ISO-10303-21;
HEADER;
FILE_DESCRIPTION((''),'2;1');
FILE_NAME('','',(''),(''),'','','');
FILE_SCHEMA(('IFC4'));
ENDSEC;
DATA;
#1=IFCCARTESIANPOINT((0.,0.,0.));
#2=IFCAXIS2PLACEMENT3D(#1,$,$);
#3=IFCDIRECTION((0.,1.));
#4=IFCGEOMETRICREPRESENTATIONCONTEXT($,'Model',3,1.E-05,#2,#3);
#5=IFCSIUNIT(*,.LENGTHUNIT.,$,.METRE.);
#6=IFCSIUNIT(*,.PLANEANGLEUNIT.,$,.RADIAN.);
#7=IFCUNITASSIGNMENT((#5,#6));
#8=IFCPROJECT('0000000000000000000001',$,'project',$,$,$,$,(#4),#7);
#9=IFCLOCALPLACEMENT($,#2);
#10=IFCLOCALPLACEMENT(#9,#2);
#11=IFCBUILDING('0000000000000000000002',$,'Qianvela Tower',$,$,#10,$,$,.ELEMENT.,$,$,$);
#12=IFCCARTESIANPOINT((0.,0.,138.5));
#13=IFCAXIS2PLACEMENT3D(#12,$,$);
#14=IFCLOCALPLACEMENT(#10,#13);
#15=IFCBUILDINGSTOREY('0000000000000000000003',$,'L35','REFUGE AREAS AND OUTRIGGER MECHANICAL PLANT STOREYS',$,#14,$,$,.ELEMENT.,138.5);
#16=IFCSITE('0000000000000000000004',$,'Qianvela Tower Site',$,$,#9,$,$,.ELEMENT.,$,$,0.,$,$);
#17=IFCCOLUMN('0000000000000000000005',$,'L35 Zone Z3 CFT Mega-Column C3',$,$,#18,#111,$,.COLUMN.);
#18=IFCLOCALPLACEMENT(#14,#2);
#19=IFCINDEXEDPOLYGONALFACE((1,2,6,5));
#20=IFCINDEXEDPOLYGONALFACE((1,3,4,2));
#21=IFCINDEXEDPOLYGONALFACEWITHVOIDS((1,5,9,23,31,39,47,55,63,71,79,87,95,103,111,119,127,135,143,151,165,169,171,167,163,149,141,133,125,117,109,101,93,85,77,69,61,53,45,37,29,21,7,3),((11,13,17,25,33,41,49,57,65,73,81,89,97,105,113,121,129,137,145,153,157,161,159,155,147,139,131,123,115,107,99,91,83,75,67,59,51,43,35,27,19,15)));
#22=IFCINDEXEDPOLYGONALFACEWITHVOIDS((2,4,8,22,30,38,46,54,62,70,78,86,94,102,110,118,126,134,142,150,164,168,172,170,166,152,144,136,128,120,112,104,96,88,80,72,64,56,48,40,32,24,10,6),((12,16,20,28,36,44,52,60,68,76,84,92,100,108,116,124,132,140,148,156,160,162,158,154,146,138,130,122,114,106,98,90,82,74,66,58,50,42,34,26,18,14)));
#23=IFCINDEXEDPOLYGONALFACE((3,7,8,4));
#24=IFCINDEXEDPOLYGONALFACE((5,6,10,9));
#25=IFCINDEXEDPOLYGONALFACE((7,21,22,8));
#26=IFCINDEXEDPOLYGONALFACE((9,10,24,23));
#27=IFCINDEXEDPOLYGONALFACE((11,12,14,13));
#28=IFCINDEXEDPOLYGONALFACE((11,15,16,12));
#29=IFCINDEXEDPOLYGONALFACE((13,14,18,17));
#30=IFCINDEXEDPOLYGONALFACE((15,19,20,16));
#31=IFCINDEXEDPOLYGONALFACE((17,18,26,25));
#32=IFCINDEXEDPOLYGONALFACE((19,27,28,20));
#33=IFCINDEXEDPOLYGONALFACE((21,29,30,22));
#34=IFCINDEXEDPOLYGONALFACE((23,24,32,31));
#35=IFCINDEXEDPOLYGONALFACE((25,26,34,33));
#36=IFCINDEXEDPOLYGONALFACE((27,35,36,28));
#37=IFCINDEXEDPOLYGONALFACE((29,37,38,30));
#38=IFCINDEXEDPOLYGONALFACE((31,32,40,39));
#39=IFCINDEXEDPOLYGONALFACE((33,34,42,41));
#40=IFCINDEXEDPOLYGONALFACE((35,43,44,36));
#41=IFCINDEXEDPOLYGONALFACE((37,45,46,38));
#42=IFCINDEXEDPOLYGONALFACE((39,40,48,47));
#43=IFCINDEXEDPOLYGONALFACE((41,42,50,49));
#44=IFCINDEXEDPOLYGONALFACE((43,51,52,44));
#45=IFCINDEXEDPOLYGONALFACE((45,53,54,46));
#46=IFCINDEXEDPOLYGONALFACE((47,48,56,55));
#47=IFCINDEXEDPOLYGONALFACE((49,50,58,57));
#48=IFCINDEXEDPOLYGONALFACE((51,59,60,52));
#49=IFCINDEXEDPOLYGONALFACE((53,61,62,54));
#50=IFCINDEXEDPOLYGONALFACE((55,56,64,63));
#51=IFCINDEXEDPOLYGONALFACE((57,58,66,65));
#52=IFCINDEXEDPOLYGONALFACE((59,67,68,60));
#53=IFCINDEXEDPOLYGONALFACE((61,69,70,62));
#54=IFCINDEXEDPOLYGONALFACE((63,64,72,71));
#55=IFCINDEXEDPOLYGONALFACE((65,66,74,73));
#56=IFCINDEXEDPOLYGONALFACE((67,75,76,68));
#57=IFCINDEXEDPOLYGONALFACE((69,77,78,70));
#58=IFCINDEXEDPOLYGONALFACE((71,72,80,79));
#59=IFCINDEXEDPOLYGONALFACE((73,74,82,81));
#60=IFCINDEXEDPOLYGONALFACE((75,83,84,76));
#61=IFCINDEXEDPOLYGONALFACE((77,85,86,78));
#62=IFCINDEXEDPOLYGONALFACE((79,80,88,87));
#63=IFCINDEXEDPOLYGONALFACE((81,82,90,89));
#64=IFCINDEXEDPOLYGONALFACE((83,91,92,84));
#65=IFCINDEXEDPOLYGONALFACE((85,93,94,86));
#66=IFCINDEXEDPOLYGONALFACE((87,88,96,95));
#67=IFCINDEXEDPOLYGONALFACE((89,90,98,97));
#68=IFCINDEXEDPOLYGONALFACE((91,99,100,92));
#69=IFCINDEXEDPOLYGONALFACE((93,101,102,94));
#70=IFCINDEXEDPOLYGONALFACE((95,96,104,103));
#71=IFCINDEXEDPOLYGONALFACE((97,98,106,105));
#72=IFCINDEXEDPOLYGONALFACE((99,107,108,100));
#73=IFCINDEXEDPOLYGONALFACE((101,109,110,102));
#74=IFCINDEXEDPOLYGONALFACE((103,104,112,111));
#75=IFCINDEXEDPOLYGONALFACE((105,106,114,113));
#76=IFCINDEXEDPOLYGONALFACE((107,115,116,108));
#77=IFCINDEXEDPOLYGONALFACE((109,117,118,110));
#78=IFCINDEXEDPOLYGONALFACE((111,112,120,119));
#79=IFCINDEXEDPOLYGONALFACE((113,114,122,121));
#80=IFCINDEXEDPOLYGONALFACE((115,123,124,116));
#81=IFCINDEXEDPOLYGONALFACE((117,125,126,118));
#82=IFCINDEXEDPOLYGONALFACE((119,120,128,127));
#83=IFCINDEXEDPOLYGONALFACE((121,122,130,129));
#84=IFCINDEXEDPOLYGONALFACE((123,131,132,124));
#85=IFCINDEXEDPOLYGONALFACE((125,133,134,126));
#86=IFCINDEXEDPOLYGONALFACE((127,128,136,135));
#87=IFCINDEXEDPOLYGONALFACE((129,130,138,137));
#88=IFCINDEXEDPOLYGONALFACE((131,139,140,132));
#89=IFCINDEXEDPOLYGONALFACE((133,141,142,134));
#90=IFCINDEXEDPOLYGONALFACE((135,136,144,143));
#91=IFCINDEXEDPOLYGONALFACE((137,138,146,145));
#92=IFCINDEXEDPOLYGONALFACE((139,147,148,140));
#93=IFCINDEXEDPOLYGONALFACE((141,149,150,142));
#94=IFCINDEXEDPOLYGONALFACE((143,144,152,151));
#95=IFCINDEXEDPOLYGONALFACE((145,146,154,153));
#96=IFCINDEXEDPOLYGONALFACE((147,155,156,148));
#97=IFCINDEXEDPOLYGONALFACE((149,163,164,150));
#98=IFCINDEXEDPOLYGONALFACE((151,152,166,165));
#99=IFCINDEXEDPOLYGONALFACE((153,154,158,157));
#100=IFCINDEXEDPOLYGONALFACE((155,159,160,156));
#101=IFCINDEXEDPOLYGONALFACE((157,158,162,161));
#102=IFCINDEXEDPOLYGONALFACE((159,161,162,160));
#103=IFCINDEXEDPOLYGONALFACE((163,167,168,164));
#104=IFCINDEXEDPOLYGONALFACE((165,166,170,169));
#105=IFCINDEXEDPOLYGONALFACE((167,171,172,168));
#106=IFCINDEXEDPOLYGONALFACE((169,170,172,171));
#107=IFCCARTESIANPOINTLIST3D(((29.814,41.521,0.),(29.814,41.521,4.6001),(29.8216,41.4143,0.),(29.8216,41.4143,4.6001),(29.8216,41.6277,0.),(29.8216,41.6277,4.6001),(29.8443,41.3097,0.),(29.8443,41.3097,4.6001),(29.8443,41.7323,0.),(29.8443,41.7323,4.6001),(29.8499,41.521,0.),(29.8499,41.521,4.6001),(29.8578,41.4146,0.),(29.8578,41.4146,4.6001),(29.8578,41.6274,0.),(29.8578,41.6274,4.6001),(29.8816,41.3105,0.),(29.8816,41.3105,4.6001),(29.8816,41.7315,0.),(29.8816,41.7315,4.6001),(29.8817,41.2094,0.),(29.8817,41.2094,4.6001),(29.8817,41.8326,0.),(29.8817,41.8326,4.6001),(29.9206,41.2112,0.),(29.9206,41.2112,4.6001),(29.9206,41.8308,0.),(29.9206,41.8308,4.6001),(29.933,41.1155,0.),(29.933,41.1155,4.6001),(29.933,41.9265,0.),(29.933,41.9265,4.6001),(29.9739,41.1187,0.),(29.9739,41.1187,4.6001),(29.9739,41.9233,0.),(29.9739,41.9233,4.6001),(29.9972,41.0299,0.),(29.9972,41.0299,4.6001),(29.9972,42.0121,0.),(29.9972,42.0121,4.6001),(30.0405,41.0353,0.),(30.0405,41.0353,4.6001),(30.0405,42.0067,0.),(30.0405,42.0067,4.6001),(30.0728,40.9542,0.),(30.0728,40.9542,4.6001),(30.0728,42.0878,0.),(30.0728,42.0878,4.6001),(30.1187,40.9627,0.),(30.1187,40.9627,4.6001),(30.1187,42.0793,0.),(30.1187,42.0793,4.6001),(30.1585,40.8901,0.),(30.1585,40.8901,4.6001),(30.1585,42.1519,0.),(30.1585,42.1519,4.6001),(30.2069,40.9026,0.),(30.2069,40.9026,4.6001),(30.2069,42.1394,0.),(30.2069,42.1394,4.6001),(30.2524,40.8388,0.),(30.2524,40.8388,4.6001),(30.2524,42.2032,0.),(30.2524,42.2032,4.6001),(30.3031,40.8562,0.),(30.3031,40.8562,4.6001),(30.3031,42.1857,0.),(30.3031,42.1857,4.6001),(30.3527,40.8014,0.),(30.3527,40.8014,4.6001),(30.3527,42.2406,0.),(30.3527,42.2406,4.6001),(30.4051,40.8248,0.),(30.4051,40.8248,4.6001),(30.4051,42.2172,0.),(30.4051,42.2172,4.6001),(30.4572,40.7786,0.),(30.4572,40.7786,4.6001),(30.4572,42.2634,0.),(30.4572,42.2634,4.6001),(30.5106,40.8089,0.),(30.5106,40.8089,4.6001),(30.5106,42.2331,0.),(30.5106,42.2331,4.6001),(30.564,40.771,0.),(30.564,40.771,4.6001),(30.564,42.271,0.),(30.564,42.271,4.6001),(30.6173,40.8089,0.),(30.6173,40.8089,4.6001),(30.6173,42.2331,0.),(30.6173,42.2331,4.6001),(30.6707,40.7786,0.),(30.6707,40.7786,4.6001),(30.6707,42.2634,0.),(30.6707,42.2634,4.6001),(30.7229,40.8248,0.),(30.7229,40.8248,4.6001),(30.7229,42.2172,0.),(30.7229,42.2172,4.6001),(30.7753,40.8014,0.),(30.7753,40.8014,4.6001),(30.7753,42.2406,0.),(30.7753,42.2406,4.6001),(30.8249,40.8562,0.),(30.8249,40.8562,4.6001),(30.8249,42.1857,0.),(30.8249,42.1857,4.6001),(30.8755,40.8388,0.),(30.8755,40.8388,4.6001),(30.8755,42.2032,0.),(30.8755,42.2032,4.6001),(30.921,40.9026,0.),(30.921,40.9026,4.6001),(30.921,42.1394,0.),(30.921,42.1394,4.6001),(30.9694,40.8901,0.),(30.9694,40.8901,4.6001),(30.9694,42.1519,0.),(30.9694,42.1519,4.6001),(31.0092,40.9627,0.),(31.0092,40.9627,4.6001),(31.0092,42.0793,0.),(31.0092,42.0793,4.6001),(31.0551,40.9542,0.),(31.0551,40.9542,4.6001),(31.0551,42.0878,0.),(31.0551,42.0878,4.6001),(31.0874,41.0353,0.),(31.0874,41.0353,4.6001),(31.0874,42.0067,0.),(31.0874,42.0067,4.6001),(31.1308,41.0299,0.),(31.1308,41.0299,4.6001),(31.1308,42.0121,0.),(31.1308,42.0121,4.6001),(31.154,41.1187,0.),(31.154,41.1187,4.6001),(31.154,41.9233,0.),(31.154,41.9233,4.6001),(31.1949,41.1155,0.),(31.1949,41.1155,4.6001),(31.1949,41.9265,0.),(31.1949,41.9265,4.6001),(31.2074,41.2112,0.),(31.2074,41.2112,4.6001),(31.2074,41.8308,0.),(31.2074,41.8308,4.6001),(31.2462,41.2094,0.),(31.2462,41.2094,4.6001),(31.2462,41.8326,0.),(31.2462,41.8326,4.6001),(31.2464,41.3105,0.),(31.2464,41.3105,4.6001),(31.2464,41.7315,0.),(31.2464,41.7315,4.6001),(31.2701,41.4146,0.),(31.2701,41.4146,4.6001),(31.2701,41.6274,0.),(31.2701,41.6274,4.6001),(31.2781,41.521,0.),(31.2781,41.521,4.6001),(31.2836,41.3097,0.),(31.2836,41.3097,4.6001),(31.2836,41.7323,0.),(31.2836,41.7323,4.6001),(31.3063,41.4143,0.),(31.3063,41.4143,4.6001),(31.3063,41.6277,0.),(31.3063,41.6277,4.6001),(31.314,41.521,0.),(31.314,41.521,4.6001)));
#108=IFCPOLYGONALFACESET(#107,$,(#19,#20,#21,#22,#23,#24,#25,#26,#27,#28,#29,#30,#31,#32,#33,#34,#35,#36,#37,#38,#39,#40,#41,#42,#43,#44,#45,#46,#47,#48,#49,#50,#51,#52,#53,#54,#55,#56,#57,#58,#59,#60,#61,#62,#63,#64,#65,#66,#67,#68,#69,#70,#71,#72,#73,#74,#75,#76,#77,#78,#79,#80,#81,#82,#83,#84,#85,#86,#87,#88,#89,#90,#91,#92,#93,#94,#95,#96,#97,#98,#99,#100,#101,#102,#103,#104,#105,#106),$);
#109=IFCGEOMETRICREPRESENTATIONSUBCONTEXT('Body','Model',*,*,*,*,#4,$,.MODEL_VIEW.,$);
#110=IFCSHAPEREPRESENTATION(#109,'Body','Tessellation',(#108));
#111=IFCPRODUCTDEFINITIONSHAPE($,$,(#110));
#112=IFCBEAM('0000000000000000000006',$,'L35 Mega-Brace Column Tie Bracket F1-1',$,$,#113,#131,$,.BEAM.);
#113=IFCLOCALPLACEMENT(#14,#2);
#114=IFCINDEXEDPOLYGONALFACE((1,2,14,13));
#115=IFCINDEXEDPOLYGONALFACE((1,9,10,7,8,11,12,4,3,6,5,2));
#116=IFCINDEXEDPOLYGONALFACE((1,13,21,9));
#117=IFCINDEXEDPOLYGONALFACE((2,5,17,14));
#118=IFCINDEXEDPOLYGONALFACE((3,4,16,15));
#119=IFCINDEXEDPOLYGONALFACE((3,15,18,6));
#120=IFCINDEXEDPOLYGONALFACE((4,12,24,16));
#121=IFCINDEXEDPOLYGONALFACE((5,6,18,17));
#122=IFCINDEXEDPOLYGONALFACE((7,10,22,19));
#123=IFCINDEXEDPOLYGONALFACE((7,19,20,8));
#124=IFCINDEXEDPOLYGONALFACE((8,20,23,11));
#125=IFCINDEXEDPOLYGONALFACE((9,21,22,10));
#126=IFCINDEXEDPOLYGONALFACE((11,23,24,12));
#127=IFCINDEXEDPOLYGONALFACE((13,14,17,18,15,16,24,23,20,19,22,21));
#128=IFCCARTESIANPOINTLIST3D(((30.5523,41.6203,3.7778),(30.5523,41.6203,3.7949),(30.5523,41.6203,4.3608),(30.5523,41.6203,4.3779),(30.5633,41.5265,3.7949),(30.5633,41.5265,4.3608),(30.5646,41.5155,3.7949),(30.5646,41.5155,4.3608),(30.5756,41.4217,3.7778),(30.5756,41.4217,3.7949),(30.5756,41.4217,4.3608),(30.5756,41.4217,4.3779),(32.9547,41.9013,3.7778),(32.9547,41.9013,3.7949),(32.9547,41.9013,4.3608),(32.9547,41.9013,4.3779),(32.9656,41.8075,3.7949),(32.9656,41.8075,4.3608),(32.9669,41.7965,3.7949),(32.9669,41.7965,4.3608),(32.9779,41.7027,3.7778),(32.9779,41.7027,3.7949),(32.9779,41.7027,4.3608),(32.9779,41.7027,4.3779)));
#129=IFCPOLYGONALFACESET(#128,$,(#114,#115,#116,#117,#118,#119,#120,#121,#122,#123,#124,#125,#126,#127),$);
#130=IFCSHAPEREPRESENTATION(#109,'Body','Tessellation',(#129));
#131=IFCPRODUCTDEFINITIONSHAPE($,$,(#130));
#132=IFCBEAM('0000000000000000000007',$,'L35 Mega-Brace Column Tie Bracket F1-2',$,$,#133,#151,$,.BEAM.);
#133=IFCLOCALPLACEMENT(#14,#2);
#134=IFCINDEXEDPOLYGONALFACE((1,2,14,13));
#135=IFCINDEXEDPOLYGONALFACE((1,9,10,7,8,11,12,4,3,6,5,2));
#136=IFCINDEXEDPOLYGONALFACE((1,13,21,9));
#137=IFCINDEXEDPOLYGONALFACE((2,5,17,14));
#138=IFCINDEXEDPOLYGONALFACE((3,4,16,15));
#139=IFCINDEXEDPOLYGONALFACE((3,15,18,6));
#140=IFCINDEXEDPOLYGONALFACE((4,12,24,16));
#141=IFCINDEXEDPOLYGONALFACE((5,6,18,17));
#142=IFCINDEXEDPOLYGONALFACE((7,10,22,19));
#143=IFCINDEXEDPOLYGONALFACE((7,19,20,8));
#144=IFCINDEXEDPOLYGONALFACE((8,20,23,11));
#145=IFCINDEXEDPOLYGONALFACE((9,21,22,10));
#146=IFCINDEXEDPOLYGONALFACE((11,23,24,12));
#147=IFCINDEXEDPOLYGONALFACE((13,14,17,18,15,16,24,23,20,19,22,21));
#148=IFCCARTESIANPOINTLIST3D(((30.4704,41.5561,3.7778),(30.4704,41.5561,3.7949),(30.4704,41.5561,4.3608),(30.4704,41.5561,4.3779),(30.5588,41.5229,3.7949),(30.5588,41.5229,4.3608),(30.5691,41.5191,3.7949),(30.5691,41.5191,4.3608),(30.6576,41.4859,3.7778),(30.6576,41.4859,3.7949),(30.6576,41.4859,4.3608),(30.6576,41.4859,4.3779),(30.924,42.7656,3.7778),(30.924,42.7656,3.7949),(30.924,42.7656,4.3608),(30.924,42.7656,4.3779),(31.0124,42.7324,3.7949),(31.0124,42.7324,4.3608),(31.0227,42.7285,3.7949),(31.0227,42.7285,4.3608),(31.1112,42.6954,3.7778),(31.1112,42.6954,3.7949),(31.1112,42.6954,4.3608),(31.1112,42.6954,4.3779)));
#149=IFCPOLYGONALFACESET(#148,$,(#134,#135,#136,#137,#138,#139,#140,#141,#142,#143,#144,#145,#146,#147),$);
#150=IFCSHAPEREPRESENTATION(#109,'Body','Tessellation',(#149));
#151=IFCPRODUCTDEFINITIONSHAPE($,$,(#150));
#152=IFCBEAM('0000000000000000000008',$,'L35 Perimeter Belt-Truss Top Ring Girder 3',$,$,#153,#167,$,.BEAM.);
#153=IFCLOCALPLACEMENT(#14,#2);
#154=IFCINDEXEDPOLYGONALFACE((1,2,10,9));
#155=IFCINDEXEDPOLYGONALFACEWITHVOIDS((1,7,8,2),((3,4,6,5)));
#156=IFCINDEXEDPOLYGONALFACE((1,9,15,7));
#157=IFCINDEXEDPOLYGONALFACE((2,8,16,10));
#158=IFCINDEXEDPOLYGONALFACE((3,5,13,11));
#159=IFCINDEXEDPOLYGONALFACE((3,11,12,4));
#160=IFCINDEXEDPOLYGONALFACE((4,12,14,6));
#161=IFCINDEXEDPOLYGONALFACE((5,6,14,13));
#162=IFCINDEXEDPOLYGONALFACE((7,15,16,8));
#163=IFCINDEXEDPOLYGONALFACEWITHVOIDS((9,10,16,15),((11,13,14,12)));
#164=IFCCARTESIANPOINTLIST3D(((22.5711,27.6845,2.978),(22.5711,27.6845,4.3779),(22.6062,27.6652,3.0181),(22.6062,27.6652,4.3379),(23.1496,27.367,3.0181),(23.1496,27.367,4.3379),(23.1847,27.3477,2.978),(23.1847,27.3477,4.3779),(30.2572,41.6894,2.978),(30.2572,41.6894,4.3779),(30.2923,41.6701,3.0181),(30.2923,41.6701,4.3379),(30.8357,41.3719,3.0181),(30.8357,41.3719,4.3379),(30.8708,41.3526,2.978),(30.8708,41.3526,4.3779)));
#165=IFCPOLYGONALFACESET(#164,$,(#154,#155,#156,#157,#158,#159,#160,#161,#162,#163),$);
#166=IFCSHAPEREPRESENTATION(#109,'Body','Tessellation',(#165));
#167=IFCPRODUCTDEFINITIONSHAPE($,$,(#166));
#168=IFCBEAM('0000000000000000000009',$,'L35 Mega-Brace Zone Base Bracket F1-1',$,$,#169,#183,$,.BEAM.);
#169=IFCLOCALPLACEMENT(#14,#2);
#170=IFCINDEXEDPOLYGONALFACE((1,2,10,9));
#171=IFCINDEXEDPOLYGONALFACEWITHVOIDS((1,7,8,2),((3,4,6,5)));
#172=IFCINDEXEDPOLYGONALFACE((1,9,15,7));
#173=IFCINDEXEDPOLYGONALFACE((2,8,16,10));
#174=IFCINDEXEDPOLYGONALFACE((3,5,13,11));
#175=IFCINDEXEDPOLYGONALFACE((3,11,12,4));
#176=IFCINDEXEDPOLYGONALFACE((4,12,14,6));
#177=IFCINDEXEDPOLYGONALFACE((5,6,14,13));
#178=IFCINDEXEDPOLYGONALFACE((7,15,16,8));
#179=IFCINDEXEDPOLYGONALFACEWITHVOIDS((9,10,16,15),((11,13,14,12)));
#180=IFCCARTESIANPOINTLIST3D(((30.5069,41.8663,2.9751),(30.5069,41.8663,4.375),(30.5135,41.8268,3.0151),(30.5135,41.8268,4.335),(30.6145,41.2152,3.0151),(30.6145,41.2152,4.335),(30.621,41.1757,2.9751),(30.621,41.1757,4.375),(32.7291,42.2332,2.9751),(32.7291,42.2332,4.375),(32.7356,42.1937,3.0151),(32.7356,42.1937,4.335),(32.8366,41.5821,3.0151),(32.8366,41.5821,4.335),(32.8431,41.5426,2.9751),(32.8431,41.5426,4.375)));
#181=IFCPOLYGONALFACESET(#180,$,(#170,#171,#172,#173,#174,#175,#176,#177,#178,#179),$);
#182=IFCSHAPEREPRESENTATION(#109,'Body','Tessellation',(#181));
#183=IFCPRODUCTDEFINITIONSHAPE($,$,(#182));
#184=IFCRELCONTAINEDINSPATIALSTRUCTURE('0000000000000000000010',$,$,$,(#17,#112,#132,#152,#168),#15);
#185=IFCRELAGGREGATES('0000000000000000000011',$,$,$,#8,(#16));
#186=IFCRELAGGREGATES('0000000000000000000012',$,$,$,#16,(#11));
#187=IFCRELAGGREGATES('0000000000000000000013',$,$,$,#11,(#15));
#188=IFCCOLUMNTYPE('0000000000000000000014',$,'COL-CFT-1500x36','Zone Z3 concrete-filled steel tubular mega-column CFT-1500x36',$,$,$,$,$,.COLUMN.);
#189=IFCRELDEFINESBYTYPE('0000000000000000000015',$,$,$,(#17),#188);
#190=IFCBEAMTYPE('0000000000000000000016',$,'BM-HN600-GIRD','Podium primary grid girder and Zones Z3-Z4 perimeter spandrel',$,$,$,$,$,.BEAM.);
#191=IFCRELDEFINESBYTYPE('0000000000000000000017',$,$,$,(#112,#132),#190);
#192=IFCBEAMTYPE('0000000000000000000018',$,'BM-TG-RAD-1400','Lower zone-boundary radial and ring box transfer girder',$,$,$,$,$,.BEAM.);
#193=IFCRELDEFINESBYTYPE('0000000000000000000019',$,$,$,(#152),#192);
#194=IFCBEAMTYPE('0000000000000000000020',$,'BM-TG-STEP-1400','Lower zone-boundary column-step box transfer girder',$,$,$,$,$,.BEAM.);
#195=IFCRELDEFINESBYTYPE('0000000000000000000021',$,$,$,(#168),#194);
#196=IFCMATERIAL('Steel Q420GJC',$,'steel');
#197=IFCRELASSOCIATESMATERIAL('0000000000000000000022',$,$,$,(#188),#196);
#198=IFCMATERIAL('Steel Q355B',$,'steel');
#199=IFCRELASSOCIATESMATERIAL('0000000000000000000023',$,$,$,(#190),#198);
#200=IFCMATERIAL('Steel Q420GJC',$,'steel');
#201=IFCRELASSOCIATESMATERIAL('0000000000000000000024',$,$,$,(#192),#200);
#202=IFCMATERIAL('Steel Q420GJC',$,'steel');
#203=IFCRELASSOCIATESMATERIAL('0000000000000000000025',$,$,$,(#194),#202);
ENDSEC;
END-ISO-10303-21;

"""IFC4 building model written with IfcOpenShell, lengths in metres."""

from ifc_helpers import new_model, si_unit, direction, frame, origin, origin_2d, place, context, subcontext, project, spatial, hollow_rectangle, hollow_circle, i_section, extrude, material, material_profile, profile_set, type_object, element, save


model = new_model("IFC4")

# Units and contexts
model_context = context("Model", 3, precision=1e-05, world=origin(), true_north=direction((0.0, 1.0)))
body_context = subcontext(model_context, "Body", "Model", "MODEL_VIEW")
ifc_project = project(units=[si_unit("LENGTHUNIT", "METRE"), si_unit("PLANEANGLEUNIT", "RADIAN")], contexts=[model_context])

# Site, building, storey
site_placement = place(None, origin())
site = spatial("IfcSite", under=ifc_project, at=site_placement, Name="Qianvela Tower Site", CompositionType="ELEMENT", RefElevation=0.0)
building_placement = place(site_placement, origin())
building = spatial("IfcBuilding", under=site, at=building_placement, Name="Qianvela Tower", CompositionType="ELEMENT")
storey_placement = place(building_placement, frame((0.0, 0.0, 138.5)))
storey = spatial("IfcBuildingStorey", under=building, at=storey_placement, Name="L35", Description="REFUGE AREAS AND OUTRIGGER MECHANICAL PLANT STOREYS", CompositionType="ELEMENT", Elevation=138.5)

# Column
ifc_material_1 = material(Name="Steel Q420GJC", Category="steel")
ifc_material_profile_1 = material_profile(ifc_material_1, hollow_circle(Radius=0.75, WallThickness=0.0359, at=origin_2d()), Name="CFT-1500x36")
ifc_profile_set_1 = profile_set([ifc_material_profile_1], Name="Steel Q420GJC")
column_type = type_object("IfcColumnType", Name="COL-CFT-1500x36", Description="Zone Z3 concrete-filled steel tubular mega-column CFT-1500x36", PredefinedType="COLUMN", material=ifc_profile_set_1)
column_placement = place(storey_placement, frame((30.564, 41.521, 0.0), z_axis=(0.0, 0.0, 1.0), x_axis=(1.0, 0.0, 0.0)))
element("IfcColumn", 1, at=column_placement, inside=storey, type_object=column_type, Name="L35 Zone Z3 CFT Mega-Column C3", PredefinedType="COLUMN", context=body_context, shape_type="SweptSolid", body=[
    extrude(hollow_circle(Radius=0.75, WallThickness=0.0359, at=origin_2d()), origin(), (0.0, 0.0, 1.0), 4.6001),
])

# Beams
ifc_material_2 = material(Name="Steel Q355B", Category="steel")
ifc_material_profile_2 = material_profile(ifc_material_2, i_section(OverallWidth=0.2, OverallDepth=0.6001, WebThickness=0.011, FlangeThickness=0.0171, at=origin_2d()), Name="HN600x200x11x17")
ifc_profile_set_2 = profile_set([ifc_material_profile_2], Name="Steel Q355B")
beam_type_1 = type_object("IfcBeamType", Name="BM-HN600-GIRD", Description="Podium primary grid girder and Zones Z3-Z4 perimeter spandrel", PredefinedType="BEAM", material=ifc_profile_set_2)
beam_1_placement = place(storey_placement, frame((30.564, 41.521, 4.0779), z_axis=(0.993228, 0.116179, 0.0), x_axis=(-0.116179, 0.993228, 0.0)))
element("IfcBeam", 2, at=beam_1_placement, inside=storey, type_object=beam_type_1, Name="L35 Mega-Brace Column Tie Bracket F1-1", PredefinedType="BEAM", context=body_context, shape_type="SweptSolid", body=[
    extrude(i_section(OverallWidth=0.2, OverallDepth=0.6001, WebThickness=0.011, FlangeThickness=0.0171, at=origin_2d()), origin(), (0.0, 0.0, 1.0), 2.4187),
])
beam_2_placement = place(storey_placement, frame((30.564, 41.521, 4.0779), z_axis=(0.351165, 0.936314, 0.0), x_axis=(-0.936314, 0.351165, 0.0)))
element("IfcBeam", 3, at=beam_2_placement, inside=storey, type_object=beam_type_1, Name="L35 Mega-Brace Column Tie Bracket F1-2", PredefinedType="BEAM", context=body_context, shape_type="SweptSolid", body=[
    extrude(i_section(OverallWidth=0.2, OverallDepth=0.6001, WebThickness=0.011, FlangeThickness=0.0171, at=origin_2d()), origin(), (0.0, 0.0, 1.0), 1.2917),
])
ifc_material_3 = material(Name="Steel Q420GJC", Category="steel")
ifc_material_profile_3 = material_profile(ifc_material_3, hollow_rectangle(XDim=0.7, YDim=1.3999, WallThickness=0.04, at=origin_2d()), Name="TG-BOX-1400x700x40")
ifc_profile_set_3 = profile_set([ifc_material_profile_3], Name="Steel Q420GJC")
beam_type_2 = type_object("IfcBeamType", Name="BM-TG-RAD-1400", Description="Lower zone-boundary radial and ring box transfer girder", PredefinedType="BEAM", material=ifc_profile_set_3)
beam_3_placement = place(storey_placement, frame((30.564, 41.521, 3.678), z_axis=(-0.481118, -0.876656, 0.0), x_axis=(0.876656, -0.481118, 0.0)))
element("IfcBeam", 4, at=beam_3_placement, inside=storey, type_object=beam_type_2, Name="L35 Perimeter Belt-Truss Top Ring Girder 3", PredefinedType="BEAM", context=body_context, shape_type="SweptSolid", body=[
    extrude(hollow_rectangle(XDim=0.7, YDim=1.3999, WallThickness=0.04, at=origin_2d()), origin(), (0.0, 0.0, 1.0), 15.9753),
])
ifc_material_4 = material(Name="Steel Q420GJC", Category="steel")
ifc_material_profile_4 = material_profile(ifc_material_4, hollow_rectangle(XDim=0.7, YDim=1.3999, WallThickness=0.04, at=origin_2d()), Name="TG-BOX-1400x700x40")
ifc_profile_set_4 = profile_set([ifc_material_profile_4], Name="Steel Q420GJC")
beam_type_3 = type_object("IfcBeamType", Name="BM-TG-STEP-1400", Description="Lower zone-boundary column-step box transfer girder", PredefinedType="BEAM", material=ifc_profile_set_4)
beam_4_placement = place(storey_placement, frame((30.564, 41.521, 3.675), z_axis=(0.986639, 0.162922, 0.0), x_axis=(-0.162922, 0.986639, 0.0)))
element("IfcBeam", 5, at=beam_4_placement, inside=storey, type_object=beam_type_3, Name="L35 Mega-Brace Zone Base Bracket F1-1", PredefinedType="BEAM", context=body_context, shape_type="SweptSolid", body=[
    extrude(hollow_rectangle(XDim=0.7, YDim=1.3999, WallThickness=0.04, at=origin_2d()), origin(), (0.0, 0.0, 1.0), 2.2522),
])

save(model, "model.ifc")
